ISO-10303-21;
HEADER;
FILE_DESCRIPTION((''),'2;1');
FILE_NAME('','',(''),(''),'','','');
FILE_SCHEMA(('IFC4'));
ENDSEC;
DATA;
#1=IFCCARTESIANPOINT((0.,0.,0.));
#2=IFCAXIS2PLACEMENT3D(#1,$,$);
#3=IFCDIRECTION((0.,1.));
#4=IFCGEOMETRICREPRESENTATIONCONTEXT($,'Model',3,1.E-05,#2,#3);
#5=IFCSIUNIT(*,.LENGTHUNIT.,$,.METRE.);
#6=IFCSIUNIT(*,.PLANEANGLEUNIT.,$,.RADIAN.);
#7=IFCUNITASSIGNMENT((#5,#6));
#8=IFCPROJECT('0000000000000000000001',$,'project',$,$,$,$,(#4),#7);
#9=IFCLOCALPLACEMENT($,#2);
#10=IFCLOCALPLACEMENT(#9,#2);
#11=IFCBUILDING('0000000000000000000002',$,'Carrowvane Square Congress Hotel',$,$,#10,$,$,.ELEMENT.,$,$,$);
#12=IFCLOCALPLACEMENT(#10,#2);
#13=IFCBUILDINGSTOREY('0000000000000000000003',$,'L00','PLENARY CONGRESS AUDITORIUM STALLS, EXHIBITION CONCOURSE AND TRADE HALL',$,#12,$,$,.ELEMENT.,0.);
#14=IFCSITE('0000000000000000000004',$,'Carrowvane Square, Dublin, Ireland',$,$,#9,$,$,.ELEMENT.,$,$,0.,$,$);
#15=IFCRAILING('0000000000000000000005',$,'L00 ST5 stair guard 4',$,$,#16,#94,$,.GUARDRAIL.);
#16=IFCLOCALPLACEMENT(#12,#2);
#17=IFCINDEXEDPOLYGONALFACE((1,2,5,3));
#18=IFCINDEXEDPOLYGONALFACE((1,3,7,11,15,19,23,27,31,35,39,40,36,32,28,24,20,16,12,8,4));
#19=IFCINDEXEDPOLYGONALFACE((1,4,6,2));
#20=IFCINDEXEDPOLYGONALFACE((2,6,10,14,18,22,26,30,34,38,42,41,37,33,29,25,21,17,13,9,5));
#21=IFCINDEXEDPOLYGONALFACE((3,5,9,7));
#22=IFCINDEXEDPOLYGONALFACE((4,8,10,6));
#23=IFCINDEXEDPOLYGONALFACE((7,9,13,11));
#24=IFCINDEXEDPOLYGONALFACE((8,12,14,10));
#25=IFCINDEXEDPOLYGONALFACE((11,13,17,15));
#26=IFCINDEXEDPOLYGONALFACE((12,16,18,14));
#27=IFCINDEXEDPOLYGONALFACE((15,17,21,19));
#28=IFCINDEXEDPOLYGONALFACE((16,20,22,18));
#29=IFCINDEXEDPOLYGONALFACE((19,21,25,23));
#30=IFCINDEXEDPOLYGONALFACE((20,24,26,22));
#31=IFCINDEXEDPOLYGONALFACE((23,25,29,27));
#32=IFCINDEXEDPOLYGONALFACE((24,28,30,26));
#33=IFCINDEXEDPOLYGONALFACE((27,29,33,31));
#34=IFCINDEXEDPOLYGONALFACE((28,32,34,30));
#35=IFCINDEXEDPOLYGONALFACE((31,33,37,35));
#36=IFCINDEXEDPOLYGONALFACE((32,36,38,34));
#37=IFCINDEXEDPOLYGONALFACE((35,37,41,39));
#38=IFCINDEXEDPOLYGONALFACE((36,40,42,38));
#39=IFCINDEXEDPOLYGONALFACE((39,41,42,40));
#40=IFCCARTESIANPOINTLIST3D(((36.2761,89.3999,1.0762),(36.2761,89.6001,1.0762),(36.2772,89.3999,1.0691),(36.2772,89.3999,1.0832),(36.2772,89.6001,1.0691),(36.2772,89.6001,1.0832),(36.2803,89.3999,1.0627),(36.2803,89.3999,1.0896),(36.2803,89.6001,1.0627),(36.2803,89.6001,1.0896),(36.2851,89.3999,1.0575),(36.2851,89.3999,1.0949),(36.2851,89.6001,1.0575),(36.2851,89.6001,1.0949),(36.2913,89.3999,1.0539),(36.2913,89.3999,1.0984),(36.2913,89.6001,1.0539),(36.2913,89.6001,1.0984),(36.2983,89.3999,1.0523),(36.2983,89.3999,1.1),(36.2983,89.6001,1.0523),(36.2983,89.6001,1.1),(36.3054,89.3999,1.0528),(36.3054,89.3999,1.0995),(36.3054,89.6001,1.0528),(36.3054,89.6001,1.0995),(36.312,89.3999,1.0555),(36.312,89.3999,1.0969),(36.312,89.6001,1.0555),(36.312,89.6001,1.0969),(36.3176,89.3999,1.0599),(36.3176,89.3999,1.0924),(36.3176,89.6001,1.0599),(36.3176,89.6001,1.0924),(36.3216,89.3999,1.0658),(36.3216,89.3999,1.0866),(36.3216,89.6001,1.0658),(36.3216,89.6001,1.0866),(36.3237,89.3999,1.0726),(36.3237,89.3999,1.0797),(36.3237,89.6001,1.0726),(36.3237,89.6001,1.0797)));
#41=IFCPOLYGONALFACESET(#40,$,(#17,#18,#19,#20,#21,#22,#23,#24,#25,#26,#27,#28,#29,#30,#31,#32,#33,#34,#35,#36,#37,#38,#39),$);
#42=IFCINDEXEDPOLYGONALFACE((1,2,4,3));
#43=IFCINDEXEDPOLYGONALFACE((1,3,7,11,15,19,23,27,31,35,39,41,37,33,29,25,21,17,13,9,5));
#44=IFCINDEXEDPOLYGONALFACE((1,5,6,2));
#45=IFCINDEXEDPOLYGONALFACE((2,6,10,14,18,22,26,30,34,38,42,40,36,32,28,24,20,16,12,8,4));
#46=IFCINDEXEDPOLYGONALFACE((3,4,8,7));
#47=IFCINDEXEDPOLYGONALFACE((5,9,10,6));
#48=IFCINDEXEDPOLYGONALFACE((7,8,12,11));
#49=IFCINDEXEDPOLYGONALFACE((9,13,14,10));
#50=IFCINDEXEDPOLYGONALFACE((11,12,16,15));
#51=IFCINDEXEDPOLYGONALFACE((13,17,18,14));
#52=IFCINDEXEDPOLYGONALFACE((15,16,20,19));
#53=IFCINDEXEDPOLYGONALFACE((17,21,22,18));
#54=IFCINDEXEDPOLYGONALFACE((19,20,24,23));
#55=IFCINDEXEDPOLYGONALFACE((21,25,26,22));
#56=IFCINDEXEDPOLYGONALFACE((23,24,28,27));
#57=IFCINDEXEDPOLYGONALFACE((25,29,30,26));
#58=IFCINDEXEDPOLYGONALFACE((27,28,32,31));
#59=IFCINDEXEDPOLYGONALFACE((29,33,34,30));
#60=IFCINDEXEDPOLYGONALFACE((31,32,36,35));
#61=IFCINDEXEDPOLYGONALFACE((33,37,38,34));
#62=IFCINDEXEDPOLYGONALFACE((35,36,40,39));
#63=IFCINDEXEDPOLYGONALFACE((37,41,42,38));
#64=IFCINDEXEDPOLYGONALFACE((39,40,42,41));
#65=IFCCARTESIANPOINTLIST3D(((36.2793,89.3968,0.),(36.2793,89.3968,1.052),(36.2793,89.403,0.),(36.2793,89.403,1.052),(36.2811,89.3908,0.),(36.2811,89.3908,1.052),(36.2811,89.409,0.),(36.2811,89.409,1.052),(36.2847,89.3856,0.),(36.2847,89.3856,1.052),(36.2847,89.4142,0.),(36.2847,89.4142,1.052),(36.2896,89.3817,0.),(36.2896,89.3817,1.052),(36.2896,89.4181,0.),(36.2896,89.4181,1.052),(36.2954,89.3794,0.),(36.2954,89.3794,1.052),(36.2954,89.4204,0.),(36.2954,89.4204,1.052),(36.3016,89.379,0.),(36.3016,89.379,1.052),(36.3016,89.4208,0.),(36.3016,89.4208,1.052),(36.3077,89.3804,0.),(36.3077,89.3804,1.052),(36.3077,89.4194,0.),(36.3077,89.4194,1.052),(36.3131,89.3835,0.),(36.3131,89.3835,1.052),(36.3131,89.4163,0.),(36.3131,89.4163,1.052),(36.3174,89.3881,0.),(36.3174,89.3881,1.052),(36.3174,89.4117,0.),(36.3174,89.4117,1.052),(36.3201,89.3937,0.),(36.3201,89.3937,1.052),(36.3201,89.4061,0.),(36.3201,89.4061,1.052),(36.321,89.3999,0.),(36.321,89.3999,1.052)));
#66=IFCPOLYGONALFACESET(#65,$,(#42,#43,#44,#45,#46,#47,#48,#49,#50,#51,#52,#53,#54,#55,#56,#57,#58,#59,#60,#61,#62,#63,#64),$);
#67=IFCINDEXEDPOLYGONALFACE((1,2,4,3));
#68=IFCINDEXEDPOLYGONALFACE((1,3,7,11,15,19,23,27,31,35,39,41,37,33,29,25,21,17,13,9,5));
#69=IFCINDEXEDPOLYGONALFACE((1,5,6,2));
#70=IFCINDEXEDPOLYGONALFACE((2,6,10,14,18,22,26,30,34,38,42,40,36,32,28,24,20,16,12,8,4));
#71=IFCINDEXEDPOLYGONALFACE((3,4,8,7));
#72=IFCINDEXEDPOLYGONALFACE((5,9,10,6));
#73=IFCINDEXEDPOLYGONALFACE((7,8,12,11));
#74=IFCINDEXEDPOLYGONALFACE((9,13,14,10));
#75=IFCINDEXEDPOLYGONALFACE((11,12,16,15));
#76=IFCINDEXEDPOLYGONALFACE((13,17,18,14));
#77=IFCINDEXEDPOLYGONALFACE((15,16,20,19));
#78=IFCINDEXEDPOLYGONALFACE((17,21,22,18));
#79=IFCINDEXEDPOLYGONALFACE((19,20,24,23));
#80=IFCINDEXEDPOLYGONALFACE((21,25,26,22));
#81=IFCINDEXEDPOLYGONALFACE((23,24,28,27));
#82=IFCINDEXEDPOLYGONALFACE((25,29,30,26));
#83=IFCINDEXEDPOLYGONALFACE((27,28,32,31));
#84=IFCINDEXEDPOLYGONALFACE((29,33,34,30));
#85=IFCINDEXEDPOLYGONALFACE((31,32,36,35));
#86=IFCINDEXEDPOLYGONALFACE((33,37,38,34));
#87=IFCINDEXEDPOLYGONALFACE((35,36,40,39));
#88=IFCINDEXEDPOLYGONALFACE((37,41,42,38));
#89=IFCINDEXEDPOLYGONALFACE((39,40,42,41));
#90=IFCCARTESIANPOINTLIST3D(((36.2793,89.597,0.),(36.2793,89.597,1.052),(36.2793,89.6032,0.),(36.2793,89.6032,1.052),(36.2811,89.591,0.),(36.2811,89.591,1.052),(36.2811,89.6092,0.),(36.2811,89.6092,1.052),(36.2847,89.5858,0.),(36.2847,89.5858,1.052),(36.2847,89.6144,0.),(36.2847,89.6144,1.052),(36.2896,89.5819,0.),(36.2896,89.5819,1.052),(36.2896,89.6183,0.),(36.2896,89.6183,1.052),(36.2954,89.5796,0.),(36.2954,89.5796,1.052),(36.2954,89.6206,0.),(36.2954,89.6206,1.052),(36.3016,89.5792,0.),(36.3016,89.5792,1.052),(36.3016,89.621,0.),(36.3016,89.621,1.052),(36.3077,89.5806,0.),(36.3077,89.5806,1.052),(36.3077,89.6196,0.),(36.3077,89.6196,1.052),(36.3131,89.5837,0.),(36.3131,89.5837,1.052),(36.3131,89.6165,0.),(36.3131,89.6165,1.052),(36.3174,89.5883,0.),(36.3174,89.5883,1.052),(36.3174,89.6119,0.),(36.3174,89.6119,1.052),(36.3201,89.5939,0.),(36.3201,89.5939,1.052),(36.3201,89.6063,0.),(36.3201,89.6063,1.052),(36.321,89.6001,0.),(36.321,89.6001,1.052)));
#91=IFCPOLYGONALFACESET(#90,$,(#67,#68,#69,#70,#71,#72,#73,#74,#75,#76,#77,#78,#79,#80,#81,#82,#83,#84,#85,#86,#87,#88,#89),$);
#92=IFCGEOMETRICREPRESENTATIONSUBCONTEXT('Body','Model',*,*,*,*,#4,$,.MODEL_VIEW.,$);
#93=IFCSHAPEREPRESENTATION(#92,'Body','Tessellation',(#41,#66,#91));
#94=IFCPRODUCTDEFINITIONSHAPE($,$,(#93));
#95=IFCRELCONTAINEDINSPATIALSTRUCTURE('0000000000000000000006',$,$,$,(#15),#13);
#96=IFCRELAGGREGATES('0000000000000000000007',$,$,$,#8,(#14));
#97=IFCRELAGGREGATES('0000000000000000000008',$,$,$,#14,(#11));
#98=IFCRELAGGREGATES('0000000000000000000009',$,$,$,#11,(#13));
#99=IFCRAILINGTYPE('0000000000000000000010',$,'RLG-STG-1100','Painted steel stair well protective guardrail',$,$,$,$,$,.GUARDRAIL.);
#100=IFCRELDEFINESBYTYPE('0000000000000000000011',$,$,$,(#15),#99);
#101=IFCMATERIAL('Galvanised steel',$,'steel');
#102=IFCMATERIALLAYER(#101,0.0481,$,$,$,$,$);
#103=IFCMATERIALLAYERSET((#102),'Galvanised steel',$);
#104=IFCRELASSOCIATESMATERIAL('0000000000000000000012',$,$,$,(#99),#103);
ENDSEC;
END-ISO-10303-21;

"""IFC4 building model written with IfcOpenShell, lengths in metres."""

from ifc_helpers import new_model, si_unit, direction, frame, origin, origin_2d, place, context, subcontext, project, spatial, circle, extrude, material, layer, layer_set, type_object, element, save


model = new_model("IFC4")

# Units and contexts
model_context = context("Model", 3, precision=1e-05, world=origin(), true_north=direction((0.0, 1.0)))
body_context = subcontext(model_context, "Body", "Model", "MODEL_VIEW")
ifc_project = project(units=[si_unit("LENGTHUNIT", "METRE"), si_unit("PLANEANGLEUNIT", "RADIAN")], contexts=[model_context])

# Site, building, storey
site_placement = place(None, origin())
site = spatial("IfcSite", under=ifc_project, at=site_placement, Name="Carrowvane Square, Dublin, Ireland", CompositionType="ELEMENT", RefElevation=0.0)
building_placement = place(site_placement, origin())
building = spatial("IfcBuilding", under=site, at=building_placement, Name="Carrowvane Square Congress Hotel", CompositionType="ELEMENT")
storey_placement = place(building_placement, origin())
storey = spatial("IfcBuildingStorey", under=building, at=storey_placement, Name="L00", Description="PLENARY CONGRESS AUDITORIUM STALLS, EXHIBITION CONCOURSE AND TRADE HALL", CompositionType="ELEMENT", Elevation=0.0)

# Railing
ifc_material_1 = material(Name="Galvanised steel", Category="steel")
ifc_layer_1 = layer(ifc_material_1, 0.0481)
ifc_layer_set_1 = layer_set([ifc_layer_1], Name="Galvanised steel")
railing_type_1 = type_object("IfcRailingType", Name="RLG-STG-1100", Description="Painted steel stair well protective guardrail", PredefinedType="GUARDRAIL", material=ifc_layer_set_1)
railing_1_placement = place(storey_placement, frame((36.3, 89.3999, 0.0)))
element("IfcRailing", 1, at=railing_1_placement, inside=storey, type_object=railing_type_1, Name="L00 ST5 stair guard 4", PredefinedType="GUARDRAIL", context=body_context, shape_type="SweptSolid", body=[
    extrude(circle(Radius=0.0239, at=origin_2d()), frame((0.0, 0.0, 1.0762), z_axis=(0.0, 1.0, 0.0), x_axis=(-1.0, 0.0, 0.0)), (0.0, 0.0, 1.0), 0.2002),
    extrude(circle(Radius=0.021, at=origin_2d()), origin(), (0.0, 0.0, 1.0), 1.052),
    extrude(circle(Radius=0.021, at=origin_2d()), frame((0.0, 0.2002, 0.0)), (0.0, 0.0, 1.0), 1.052),
])

save(model, "model.ifc")
